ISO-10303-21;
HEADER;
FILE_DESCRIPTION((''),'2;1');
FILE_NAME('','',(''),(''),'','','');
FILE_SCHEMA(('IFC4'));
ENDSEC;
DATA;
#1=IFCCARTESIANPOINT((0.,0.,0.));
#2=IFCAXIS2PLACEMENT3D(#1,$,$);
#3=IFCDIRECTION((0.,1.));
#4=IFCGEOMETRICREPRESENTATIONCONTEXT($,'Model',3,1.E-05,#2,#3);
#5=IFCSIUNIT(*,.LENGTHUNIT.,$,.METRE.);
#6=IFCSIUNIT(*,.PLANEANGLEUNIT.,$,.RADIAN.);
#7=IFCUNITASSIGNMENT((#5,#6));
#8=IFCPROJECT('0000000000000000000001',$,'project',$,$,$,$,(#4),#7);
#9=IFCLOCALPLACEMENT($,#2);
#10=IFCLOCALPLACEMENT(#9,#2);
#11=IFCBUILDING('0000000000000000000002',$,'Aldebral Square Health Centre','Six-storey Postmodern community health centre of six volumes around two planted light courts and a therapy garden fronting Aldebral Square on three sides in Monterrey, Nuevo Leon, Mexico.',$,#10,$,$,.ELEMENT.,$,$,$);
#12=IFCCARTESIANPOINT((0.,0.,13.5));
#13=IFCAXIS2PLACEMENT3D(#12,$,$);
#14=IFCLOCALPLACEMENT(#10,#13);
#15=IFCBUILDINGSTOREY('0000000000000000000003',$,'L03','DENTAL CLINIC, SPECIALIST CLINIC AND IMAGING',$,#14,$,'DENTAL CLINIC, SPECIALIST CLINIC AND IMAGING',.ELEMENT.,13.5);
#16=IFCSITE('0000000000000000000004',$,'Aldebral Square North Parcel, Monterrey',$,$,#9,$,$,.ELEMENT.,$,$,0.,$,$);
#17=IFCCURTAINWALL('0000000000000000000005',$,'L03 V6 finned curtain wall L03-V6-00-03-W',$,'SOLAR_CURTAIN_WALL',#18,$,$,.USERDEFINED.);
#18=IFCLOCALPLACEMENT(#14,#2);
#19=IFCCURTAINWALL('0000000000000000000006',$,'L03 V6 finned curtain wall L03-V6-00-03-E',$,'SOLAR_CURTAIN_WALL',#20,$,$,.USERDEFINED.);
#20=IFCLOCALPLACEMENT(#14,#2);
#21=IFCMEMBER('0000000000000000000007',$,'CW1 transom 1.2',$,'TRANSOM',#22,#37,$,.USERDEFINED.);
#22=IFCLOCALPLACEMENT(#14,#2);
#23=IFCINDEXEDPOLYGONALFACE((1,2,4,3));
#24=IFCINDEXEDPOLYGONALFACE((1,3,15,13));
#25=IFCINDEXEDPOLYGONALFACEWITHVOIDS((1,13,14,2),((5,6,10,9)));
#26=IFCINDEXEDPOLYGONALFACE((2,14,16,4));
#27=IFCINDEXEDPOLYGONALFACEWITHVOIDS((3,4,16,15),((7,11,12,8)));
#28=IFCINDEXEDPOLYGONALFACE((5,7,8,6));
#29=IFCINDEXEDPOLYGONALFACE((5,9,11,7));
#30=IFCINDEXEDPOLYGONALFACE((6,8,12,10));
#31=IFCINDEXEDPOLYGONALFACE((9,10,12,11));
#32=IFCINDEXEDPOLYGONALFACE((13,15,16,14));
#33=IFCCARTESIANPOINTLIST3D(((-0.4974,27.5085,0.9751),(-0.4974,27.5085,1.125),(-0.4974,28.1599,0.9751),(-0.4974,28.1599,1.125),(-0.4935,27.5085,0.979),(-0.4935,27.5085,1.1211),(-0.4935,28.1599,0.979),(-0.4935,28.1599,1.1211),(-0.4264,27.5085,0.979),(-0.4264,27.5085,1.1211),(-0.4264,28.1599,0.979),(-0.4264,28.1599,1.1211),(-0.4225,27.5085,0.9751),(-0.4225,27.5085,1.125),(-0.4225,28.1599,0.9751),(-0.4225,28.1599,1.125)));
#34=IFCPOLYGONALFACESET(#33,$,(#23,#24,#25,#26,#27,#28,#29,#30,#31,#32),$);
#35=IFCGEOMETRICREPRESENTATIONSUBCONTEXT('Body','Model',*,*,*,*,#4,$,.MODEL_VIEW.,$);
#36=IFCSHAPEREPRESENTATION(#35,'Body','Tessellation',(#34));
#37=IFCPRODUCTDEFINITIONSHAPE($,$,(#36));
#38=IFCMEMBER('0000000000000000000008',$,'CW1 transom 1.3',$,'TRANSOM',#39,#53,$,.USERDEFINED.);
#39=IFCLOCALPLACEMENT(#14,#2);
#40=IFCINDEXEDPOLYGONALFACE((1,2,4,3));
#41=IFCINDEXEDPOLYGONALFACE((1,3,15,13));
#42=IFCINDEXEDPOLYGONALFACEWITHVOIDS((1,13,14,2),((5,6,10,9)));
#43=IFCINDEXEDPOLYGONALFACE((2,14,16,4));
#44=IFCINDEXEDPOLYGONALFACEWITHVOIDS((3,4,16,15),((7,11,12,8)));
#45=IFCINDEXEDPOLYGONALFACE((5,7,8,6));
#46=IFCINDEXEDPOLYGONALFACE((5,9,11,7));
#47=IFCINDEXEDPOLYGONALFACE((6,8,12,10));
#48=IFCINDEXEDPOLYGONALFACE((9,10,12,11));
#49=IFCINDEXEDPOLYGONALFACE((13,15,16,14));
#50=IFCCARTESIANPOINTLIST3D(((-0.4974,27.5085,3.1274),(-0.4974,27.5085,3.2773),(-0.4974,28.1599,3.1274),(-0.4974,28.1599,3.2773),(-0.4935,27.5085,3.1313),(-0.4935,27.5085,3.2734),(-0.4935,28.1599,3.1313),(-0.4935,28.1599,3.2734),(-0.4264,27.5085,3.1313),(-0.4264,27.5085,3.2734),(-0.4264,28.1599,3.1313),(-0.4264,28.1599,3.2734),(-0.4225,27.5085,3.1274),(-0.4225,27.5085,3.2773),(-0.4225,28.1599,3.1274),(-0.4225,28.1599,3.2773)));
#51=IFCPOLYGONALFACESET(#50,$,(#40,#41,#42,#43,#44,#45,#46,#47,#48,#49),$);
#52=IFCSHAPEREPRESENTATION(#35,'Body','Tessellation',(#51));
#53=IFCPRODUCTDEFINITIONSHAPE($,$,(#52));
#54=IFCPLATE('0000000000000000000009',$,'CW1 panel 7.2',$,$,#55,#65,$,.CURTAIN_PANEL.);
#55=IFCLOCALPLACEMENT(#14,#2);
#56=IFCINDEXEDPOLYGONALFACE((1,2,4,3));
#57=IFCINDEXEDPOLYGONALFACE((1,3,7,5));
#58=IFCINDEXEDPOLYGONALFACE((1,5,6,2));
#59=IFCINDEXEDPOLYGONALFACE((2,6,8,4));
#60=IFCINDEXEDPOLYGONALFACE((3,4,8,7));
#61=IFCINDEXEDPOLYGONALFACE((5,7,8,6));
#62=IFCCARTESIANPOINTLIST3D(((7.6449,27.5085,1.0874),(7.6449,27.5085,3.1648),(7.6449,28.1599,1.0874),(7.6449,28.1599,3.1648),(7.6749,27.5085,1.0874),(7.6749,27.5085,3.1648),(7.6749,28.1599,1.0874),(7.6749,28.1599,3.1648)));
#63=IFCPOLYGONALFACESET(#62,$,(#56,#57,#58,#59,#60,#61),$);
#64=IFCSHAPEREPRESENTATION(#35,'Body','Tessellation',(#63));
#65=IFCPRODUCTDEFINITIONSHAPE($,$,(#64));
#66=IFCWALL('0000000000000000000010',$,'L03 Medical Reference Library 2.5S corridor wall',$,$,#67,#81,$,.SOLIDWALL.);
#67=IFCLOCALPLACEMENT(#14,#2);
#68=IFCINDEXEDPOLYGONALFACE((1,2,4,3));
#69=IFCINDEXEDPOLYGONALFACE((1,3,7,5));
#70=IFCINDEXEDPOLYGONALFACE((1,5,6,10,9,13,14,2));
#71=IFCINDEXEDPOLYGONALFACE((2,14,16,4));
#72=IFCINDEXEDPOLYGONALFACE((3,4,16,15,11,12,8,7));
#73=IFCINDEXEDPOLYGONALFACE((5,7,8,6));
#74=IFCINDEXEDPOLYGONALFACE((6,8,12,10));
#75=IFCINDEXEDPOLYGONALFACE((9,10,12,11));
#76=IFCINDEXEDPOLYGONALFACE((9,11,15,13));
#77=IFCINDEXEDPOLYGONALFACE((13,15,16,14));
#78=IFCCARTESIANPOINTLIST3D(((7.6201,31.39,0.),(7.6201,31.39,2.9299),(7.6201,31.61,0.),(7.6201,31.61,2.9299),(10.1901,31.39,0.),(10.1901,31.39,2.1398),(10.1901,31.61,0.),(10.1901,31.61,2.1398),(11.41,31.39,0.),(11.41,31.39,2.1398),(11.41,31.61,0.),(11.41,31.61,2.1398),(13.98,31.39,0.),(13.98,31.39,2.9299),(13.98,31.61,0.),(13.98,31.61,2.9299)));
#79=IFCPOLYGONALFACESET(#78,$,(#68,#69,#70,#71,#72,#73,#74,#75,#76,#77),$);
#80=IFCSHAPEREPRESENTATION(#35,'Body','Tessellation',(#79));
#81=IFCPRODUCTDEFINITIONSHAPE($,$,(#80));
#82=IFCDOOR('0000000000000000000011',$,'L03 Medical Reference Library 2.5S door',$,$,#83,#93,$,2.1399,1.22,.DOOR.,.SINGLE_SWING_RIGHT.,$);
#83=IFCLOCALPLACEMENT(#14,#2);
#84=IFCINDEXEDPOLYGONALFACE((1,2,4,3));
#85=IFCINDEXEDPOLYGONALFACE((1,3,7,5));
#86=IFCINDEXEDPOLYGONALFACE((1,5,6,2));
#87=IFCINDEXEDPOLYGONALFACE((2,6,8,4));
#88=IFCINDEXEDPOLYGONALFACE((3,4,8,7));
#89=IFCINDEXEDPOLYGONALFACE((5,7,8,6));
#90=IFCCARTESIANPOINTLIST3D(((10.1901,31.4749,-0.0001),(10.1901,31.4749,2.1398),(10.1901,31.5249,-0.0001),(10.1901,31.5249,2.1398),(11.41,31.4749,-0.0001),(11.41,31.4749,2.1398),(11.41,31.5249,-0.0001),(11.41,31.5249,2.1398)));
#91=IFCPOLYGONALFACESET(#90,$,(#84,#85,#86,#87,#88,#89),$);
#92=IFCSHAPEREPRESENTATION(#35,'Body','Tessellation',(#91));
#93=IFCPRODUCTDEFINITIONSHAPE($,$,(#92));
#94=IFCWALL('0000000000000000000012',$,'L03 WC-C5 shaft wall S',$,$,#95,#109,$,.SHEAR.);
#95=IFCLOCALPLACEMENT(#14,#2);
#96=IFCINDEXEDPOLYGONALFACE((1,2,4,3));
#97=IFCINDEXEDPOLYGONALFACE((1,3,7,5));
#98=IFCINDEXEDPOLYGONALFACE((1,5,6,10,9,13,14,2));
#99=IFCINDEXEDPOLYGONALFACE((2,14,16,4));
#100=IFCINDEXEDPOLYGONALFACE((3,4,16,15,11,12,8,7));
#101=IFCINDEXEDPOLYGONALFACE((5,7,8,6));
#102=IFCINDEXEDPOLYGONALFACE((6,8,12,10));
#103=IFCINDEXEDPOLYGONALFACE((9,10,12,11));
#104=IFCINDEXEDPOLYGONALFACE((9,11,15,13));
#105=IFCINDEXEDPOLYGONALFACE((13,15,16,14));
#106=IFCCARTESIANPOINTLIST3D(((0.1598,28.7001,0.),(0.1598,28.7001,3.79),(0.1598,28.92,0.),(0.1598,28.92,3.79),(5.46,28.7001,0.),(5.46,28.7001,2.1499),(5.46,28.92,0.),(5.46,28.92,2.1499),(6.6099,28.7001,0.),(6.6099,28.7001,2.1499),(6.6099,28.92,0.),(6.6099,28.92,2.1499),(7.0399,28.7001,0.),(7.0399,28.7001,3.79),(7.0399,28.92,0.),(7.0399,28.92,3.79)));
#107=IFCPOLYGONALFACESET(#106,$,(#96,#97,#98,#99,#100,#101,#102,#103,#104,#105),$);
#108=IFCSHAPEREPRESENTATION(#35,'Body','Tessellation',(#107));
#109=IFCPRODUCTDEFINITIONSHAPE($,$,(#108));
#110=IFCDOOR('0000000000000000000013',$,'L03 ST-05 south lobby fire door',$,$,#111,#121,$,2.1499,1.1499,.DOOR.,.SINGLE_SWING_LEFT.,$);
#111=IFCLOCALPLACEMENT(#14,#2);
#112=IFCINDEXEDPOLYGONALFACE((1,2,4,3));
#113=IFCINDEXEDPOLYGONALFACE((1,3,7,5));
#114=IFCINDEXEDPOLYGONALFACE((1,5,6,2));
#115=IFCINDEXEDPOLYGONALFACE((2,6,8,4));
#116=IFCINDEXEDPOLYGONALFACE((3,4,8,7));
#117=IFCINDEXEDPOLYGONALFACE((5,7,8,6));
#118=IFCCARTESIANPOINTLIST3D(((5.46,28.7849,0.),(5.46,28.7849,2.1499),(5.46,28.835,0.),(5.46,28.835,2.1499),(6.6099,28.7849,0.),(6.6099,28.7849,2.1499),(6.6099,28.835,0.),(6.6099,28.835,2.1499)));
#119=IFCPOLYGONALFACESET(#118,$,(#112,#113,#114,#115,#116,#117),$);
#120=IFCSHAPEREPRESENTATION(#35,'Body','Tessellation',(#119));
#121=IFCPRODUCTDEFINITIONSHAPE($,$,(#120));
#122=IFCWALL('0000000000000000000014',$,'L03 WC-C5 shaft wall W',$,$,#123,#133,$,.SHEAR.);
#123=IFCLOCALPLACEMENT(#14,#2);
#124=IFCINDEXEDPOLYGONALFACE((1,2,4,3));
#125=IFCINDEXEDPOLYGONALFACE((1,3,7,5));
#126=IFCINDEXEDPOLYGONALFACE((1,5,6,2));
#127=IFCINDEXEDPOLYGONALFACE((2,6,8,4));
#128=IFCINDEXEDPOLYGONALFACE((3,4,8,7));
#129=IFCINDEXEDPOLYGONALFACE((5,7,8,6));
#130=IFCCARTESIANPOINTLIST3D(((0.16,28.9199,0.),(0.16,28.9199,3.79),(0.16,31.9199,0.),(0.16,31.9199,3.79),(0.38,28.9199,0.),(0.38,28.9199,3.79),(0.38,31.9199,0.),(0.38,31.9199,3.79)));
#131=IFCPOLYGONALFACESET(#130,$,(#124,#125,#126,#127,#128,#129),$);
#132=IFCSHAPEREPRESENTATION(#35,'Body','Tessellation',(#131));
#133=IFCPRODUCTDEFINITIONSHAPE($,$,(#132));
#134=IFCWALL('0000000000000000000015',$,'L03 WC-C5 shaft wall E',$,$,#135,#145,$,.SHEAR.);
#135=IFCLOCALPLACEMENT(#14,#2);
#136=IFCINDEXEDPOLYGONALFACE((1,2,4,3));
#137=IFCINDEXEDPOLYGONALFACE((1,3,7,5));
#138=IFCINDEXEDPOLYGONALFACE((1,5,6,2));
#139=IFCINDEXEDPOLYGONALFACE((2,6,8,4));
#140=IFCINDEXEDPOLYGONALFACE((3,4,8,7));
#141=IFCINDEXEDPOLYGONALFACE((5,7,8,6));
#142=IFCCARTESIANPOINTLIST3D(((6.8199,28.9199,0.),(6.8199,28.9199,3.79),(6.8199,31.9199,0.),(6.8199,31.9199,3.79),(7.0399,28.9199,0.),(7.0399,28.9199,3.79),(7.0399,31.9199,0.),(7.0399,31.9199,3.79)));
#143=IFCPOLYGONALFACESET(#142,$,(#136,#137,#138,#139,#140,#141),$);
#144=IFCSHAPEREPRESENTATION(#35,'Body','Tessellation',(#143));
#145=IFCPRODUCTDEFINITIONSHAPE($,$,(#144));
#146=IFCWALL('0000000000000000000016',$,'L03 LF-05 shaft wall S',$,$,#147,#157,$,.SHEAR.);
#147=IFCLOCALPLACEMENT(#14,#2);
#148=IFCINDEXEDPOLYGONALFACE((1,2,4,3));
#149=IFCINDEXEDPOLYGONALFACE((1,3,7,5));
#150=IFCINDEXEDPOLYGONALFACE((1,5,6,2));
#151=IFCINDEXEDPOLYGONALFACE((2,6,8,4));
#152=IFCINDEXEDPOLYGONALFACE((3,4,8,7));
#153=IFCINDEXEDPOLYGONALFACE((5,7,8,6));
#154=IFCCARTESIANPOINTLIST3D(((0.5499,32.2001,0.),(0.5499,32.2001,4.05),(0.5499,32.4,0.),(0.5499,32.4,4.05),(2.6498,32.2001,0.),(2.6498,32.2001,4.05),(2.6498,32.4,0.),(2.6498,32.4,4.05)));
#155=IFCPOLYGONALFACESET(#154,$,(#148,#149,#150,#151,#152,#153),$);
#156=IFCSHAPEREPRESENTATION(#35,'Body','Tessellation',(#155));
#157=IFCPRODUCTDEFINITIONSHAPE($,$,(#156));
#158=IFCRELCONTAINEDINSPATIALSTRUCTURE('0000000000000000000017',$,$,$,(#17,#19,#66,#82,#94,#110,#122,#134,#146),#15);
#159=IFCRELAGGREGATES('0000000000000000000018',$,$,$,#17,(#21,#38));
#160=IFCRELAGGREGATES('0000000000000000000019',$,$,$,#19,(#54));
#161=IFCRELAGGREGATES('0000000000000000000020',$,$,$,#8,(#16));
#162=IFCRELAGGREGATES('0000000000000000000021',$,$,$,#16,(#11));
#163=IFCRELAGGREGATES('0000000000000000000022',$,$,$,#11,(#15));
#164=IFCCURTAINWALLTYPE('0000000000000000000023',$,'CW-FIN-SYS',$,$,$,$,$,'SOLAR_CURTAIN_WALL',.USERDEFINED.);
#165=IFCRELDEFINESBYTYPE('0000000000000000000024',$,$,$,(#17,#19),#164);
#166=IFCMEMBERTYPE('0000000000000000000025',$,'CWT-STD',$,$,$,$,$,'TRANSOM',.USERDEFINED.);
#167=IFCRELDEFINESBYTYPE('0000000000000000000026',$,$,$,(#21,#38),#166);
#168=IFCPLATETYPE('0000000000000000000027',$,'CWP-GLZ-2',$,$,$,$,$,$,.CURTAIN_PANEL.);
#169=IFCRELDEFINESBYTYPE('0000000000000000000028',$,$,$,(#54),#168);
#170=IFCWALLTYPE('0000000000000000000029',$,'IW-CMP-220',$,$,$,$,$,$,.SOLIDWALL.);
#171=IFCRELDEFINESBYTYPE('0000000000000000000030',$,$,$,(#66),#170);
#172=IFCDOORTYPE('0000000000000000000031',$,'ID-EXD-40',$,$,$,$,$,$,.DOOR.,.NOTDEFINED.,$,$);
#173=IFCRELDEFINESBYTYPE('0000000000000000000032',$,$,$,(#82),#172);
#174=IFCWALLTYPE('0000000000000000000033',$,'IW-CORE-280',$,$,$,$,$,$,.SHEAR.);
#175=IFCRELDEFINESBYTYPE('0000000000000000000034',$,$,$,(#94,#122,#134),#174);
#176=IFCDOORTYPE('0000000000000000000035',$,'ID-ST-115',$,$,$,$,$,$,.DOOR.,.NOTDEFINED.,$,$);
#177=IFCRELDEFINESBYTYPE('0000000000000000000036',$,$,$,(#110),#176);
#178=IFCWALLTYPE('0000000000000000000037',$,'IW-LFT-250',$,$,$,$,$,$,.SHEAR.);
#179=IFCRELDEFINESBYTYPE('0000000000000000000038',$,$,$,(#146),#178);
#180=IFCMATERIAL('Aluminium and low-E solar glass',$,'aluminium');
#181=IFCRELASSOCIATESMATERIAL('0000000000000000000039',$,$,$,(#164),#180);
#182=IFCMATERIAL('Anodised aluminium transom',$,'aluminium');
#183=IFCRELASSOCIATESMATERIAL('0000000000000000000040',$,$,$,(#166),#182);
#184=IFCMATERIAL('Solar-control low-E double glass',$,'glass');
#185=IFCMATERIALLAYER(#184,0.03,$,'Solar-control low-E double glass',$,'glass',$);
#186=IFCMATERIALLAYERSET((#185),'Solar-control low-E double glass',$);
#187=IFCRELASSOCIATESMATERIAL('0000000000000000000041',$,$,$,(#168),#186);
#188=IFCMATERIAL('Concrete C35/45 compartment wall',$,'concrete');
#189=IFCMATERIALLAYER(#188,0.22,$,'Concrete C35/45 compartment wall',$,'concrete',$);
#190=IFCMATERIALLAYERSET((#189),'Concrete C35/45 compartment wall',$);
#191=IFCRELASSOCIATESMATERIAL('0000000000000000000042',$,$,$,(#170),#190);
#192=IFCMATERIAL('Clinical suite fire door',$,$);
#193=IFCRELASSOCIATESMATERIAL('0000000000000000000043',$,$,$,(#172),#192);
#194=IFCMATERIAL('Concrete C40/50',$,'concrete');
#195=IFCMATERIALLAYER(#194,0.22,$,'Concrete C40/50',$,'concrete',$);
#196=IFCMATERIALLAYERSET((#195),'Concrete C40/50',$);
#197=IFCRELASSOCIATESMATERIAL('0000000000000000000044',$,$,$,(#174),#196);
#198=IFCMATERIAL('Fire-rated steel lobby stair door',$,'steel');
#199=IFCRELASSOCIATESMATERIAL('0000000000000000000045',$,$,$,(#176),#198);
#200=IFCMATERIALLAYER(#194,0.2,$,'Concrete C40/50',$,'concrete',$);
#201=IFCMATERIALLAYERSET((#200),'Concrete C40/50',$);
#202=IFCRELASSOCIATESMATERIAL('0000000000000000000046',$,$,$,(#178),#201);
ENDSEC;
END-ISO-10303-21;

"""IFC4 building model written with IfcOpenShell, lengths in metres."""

from ifc_helpers import new_model, si_unit, direction, frame, frame_2d, origin, origin_2d, place, context, subcontext, project, spatial, rectangle, hollow_rectangle, extrude, material, layer, layer_set, material_profile, profile_set, type_object, element, fill, aggregate, save


model = new_model("IFC4")

# Units and contexts
model_context = context("Model", 3, precision=1e-05, world=origin(), true_north=direction((0.0, 1.0)))
body_context = subcontext(model_context, "Body", "Model", "MODEL_VIEW")
ifc_project = project(units=[si_unit("LENGTHUNIT", "METRE"), si_unit("PLANEANGLEUNIT", "RADIAN")], contexts=[model_context])

# Site, building, storey
site_placement = place(None, origin())
site = spatial("IfcSite", under=ifc_project, at=site_placement, Name="Aldebral Square North Parcel, Monterrey", CompositionType="ELEMENT", RefElevation=0.0)
building_placement = place(site_placement, origin())
building = spatial("IfcBuilding", under=site, at=building_placement, Name="Aldebral Square Health Centre", Description="Six-storey Postmodern community health centre of six volumes around two planted light courts and a therapy garden fronting Aldebral Square on three sides in Monterrey, Nuevo Leon, Mexico.", CompositionType="ELEMENT")
storey_placement = place(building_placement, frame((0.0, 0.0, 13.5)))
storey = spatial("IfcBuildingStorey", under=building, at=storey_placement, Name="L03", Description="DENTAL CLINIC, SPECIALIST CLINIC AND IMAGING", LongName="DENTAL CLINIC, SPECIALIST CLINIC AND IMAGING", CompositionType="ELEMENT", Elevation=13.5)

# Shared definitions
ifc_material_1 = material(Name="Concrete C40/50", Category="concrete")

# Curtain walls
ifc_material_2 = material(Name="Aluminium and low-E solar glass", Category="aluminium")
curtain_wall_type = type_object("IfcCurtainWallType", Name="CW-FIN-SYS", ElementType="SOLAR_CURTAIN_WALL", PredefinedType="USERDEFINED", material=ifc_material_2)
curtain_wall_1_placement = place(storey_placement, origin())
curtain_wall_1 = element("IfcCurtainWall", 1, at=curtain_wall_1_placement, inside=storey, type_object=curtain_wall_type, Name="L03 V6 finned curtain wall L03-V6-00-03-W", ObjectType="SOLAR_CURTAIN_WALL", PredefinedType="USERDEFINED")
curtain_wall_2_placement = place(storey_placement, origin())
curtain_wall_2 = element("IfcCurtainWall", 2, at=curtain_wall_2_placement, inside=storey, type_object=curtain_wall_type, Name="L03 V6 finned curtain wall L03-V6-00-03-E", ObjectType="SOLAR_CURTAIN_WALL", PredefinedType="USERDEFINED")

# Members
ifc_material_3 = material(Name="Anodised aluminium transom", Category="aluminium")
ifc_material_profile_1 = material_profile(ifc_material_3, hollow_rectangle(XDim=0.075, YDim=0.1499, WallThickness=0.0039, at=origin_2d()), Name="CWT 75x150x4")
ifc_profile_set_1 = profile_set([ifc_material_profile_1], Name="Anodised aluminium transom")
member_type_1 = type_object("IfcMemberType", Name="CWT-STD", ElementType="TRANSOM", PredefinedType="USERDEFINED", material=ifc_profile_set_1)
member_1_placement = place(storey_placement, frame((-0.46, 28.1599, 1.05), z_axis=(0.0, -1.0, 0.0), x_axis=(1.0, 0.0, 0.0)))
member_1 = element("IfcMember", 3, at=member_1_placement, type_object=member_type_1, Name="CW1 transom 1.2", ObjectType="TRANSOM", PredefinedType="USERDEFINED", context=body_context, shape_type="SweptSolid", body=[
    extrude(hollow_rectangle(XDim=0.075, YDim=0.1499, WallThickness=0.0039, at=origin_2d()), origin(), (0.0, 0.0, 1.0), 0.6514),
])
member_2_placement = place(storey_placement, frame((-0.46, 28.1599, 3.2024), z_axis=(0.0, -1.0, 0.0), x_axis=(1.0, 0.0, 0.0)))
member_2 = element("IfcMember", 4, at=member_2_placement, type_object=member_type_1, Name="CW1 transom 1.3", ObjectType="TRANSOM", PredefinedType="USERDEFINED", context=body_context, shape_type="SweptSolid", body=[
    extrude(hollow_rectangle(XDim=0.075, YDim=0.1499, WallThickness=0.0039, at=origin_2d()), origin(), (0.0, 0.0, 1.0), 0.6514),
])
aggregate(curtain_wall_1, [member_1, member_2])

# Plate
ifc_material_4 = material(Name="Solar-control low-E double glass", Category="glass")
ifc_layer_1 = layer(ifc_material_4, 0.03, Name="Solar-control low-E double glass", Category="glass")
ifc_layer_set_1 = layer_set([ifc_layer_1], Name="Solar-control low-E double glass")
plate_type = type_object("IfcPlateType", Name="CWP-GLZ-2", PredefinedType="CURTAIN_PANEL", material=ifc_layer_set_1)
plate_placement = place(storey_placement, frame((7.6599, 27.8342, 1.0874), z_axis=(0.0, 0.0, 1.0), x_axis=(0.0, 1.0, 0.0)))
plate = element("IfcPlate", 5, at=plate_placement, type_object=plate_type, Name="CW1 panel 7.2", PredefinedType="CURTAIN_PANEL", context=body_context, shape_type="SweptSolid", body=[
    extrude(rectangle(XDim=0.6514, YDim=0.03, at=origin_2d()), origin(), (0.0, 0.0, 1.0), 2.0774),
])
aggregate(curtain_wall_2, [plate])

# Walls, openings, doors
ifc_material_5 = material(Name="Concrete C35/45 compartment wall", Category="concrete")
ifc_layer_2 = layer(ifc_material_5, 0.22, Name="Concrete C35/45 compartment wall", Category="concrete")
ifc_layer_set_2 = layer_set([ifc_layer_2], Name="Concrete C35/45 compartment wall")
wall_type_1 = type_object("IfcWallType", Name="IW-CMP-220", PredefinedType="SOLIDWALL", material=ifc_layer_set_2)
wall_1_placement = place(storey_placement, frame((7.6201, 31.5, 0.0), z_axis=(0.0, 0.0, 1.0), x_axis=(1.0, 0.0, 0.0)))
wall_1 = element("IfcWall", 6, at=wall_1_placement, inside=storey, type_object=wall_type_1, Name="L03 Medical Reference Library 2.5S corridor wall", PredefinedType="SOLIDWALL", context=body_context, shape_type="SweptSolid", body=[
    extrude(rectangle(XDim=6.3599, YDim=0.22, at=frame_2d((3.1799, 0.0))), origin(), (0.0, 0.0, 1.0), 2.9299),
])
opening_1_placement = place(wall_1_placement, frame((2.5701, 0.0, 0.0)))
opening_1 = element("IfcOpeningElement", 7, at=opening_1_placement, cuts=wall_1, PredefinedType="OPENING", context=body_context, shape_type="SweptSolid", body=[
    extrude(rectangle(XDim=1.22, YDim=2.1399, at=frame_2d((0.6099, 1.0698))), frame((0.0, 0.1201, 0.0), z_axis=(0.0, -1.0, 0.0), x_axis=(1.0, 0.0, 0.0)), (0.0, 0.0, 1.0), 0.24),
])
ifc_material_6 = material(Name="Clinical suite fire door")
door_type_1 = type_object("IfcDoorType", Name="ID-EXD-40", OperationType="NOTDEFINED", PredefinedType="DOOR", material=ifc_material_6)
door_1_placement = place(opening_1_placement, origin())
door_1 = element("IfcDoor", 8, at=door_1_placement, inside=storey, type_object=door_type_1, Name="L03 Medical Reference Library 2.5S door", OperationType="SINGLE_SWING_RIGHT", OverallHeight=2.1399, OverallWidth=1.22, PredefinedType="DOOR", context=body_context, shape_type="SweptSolid", body=[
    extrude(rectangle(XDim=1.22, YDim=2.1399, at=frame_2d((0.6099, 1.0698))), frame((0.0, 0.0249, 0.0), z_axis=(0.0, -1.0, 0.0), x_axis=(1.0, 0.0, 0.0)), (0.0, 0.0, 1.0), 0.05),
])
fill(opening_1, door_1)
ifc_layer_3 = layer(ifc_material_1, 0.22, Name="Concrete C40/50", Category="concrete")
ifc_layer_set_3 = layer_set([ifc_layer_3], Name="Concrete C40/50")
wall_type_2 = type_object("IfcWallType", Name="IW-CORE-280", PredefinedType="SHEAR", material=ifc_layer_set_3)
wall_2_placement = place(storey_placement, frame((0.1599, 28.8101, 0.0), z_axis=(0.0, 0.0, 1.0), x_axis=(1.0, 0.0, 0.0)))
wall_2 = element("IfcWall", 9, at=wall_2_placement, inside=storey, type_object=wall_type_2, Name="L03 WC-C5 shaft wall S", PredefinedType="SHEAR", context=body_context, shape_type="SweptSolid", body=[
    extrude(rectangle(XDim=6.8801, YDim=0.22, at=frame_2d((3.4399, 0.0))), origin(), (0.0, 0.0, 1.0), 3.79),
])
opening_2_placement = place(wall_2_placement, frame((5.3, 0.0, 0.0)))
opening_2 = element("IfcOpeningElement", 10, at=opening_2_placement, cuts=wall_2, PredefinedType="OPENING", context=body_context, shape_type="SweptSolid", body=[
    extrude(rectangle(XDim=1.1499, YDim=2.1499, at=frame_2d((0.575, 1.075))), frame((0.0, 0.1201, 0.0), z_axis=(0.0, -1.0, 0.0), x_axis=(1.0, 0.0, 0.0)), (0.0, 0.0, 1.0), 0.24),
])
ifc_material_7 = material(Name="Fire-rated steel lobby stair door", Category="steel")
door_type_2 = type_object("IfcDoorType", Name="ID-ST-115", OperationType="NOTDEFINED", PredefinedType="DOOR", material=ifc_material_7)
door_2_placement = place(opening_2_placement, origin())
door_2 = element("IfcDoor", 11, at=door_2_placement, inside=storey, type_object=door_type_2, Name="L03 ST-05 south lobby fire door", OperationType="SINGLE_SWING_LEFT", OverallHeight=2.1499, OverallWidth=1.1499, PredefinedType="DOOR", context=body_context, shape_type="SweptSolid", body=[
    extrude(rectangle(XDim=1.1499, YDim=2.1499, at=frame_2d((0.575, 1.075))), frame((0.0, 0.0249, 0.0), z_axis=(0.0, -1.0, 0.0), x_axis=(1.0, 0.0, 0.0)), (0.0, 0.0, 1.0), 0.05),
])
fill(opening_2, door_2)

# Walls
for number, where, z_axis, x_axis, name in (
    (12, (0.27, 28.9199, 0.0), (0.0, 0.0, 1.0), (0.0, 1.0, 0.0), "L03 WC-C5 shaft wall W"),
    (13, (6.9299, 28.9199, 0.0), (0.0, 0.0, 1.0), (0.0, 1.0, 0.0), "L03 WC-C5 shaft wall E"),
):
    element("IfcWall", number, at=place(storey_placement, frame(where, z_axis=z_axis, x_axis=x_axis)), inside=storey, type_object=wall_type_2, Name=name, PredefinedType="SHEAR", context=body_context, shape_type="SweptSolid", body=[
        extrude(rectangle(XDim=3.0, YDim=0.22, at=frame_2d((1.5, 0.0))), origin(), (0.0, 0.0, 1.0), 3.79),
    ])
ifc_layer_4 = layer(ifc_material_1, 0.2, Name="Concrete C40/50", Category="concrete")
ifc_layer_set_4 = layer_set([ifc_layer_4], Name="Concrete C40/50")
wall_type_3 = type_object("IfcWallType", Name="IW-LFT-250", PredefinedType="SHEAR", material=ifc_layer_set_4)
wall_3_placement = place(storey_placement, frame((0.55, 32.3, 0.0), z_axis=(0.0, 0.0, 1.0), x_axis=(1.0, 0.0, 0.0)))
element("IfcWall", 14, at=wall_3_placement, inside=storey, type_object=wall_type_3, Name="L03 LF-05 shaft wall S", PredefinedType="SHEAR", context=body_context, shape_type="SweptSolid", body=[
    extrude(rectangle(XDim=2.0999, YDim=0.2, at=frame_2d((1.0498, 0.0))), origin(), (0.0, 0.0, 1.0), 4.05),
])

save(model, "model.ifc")
